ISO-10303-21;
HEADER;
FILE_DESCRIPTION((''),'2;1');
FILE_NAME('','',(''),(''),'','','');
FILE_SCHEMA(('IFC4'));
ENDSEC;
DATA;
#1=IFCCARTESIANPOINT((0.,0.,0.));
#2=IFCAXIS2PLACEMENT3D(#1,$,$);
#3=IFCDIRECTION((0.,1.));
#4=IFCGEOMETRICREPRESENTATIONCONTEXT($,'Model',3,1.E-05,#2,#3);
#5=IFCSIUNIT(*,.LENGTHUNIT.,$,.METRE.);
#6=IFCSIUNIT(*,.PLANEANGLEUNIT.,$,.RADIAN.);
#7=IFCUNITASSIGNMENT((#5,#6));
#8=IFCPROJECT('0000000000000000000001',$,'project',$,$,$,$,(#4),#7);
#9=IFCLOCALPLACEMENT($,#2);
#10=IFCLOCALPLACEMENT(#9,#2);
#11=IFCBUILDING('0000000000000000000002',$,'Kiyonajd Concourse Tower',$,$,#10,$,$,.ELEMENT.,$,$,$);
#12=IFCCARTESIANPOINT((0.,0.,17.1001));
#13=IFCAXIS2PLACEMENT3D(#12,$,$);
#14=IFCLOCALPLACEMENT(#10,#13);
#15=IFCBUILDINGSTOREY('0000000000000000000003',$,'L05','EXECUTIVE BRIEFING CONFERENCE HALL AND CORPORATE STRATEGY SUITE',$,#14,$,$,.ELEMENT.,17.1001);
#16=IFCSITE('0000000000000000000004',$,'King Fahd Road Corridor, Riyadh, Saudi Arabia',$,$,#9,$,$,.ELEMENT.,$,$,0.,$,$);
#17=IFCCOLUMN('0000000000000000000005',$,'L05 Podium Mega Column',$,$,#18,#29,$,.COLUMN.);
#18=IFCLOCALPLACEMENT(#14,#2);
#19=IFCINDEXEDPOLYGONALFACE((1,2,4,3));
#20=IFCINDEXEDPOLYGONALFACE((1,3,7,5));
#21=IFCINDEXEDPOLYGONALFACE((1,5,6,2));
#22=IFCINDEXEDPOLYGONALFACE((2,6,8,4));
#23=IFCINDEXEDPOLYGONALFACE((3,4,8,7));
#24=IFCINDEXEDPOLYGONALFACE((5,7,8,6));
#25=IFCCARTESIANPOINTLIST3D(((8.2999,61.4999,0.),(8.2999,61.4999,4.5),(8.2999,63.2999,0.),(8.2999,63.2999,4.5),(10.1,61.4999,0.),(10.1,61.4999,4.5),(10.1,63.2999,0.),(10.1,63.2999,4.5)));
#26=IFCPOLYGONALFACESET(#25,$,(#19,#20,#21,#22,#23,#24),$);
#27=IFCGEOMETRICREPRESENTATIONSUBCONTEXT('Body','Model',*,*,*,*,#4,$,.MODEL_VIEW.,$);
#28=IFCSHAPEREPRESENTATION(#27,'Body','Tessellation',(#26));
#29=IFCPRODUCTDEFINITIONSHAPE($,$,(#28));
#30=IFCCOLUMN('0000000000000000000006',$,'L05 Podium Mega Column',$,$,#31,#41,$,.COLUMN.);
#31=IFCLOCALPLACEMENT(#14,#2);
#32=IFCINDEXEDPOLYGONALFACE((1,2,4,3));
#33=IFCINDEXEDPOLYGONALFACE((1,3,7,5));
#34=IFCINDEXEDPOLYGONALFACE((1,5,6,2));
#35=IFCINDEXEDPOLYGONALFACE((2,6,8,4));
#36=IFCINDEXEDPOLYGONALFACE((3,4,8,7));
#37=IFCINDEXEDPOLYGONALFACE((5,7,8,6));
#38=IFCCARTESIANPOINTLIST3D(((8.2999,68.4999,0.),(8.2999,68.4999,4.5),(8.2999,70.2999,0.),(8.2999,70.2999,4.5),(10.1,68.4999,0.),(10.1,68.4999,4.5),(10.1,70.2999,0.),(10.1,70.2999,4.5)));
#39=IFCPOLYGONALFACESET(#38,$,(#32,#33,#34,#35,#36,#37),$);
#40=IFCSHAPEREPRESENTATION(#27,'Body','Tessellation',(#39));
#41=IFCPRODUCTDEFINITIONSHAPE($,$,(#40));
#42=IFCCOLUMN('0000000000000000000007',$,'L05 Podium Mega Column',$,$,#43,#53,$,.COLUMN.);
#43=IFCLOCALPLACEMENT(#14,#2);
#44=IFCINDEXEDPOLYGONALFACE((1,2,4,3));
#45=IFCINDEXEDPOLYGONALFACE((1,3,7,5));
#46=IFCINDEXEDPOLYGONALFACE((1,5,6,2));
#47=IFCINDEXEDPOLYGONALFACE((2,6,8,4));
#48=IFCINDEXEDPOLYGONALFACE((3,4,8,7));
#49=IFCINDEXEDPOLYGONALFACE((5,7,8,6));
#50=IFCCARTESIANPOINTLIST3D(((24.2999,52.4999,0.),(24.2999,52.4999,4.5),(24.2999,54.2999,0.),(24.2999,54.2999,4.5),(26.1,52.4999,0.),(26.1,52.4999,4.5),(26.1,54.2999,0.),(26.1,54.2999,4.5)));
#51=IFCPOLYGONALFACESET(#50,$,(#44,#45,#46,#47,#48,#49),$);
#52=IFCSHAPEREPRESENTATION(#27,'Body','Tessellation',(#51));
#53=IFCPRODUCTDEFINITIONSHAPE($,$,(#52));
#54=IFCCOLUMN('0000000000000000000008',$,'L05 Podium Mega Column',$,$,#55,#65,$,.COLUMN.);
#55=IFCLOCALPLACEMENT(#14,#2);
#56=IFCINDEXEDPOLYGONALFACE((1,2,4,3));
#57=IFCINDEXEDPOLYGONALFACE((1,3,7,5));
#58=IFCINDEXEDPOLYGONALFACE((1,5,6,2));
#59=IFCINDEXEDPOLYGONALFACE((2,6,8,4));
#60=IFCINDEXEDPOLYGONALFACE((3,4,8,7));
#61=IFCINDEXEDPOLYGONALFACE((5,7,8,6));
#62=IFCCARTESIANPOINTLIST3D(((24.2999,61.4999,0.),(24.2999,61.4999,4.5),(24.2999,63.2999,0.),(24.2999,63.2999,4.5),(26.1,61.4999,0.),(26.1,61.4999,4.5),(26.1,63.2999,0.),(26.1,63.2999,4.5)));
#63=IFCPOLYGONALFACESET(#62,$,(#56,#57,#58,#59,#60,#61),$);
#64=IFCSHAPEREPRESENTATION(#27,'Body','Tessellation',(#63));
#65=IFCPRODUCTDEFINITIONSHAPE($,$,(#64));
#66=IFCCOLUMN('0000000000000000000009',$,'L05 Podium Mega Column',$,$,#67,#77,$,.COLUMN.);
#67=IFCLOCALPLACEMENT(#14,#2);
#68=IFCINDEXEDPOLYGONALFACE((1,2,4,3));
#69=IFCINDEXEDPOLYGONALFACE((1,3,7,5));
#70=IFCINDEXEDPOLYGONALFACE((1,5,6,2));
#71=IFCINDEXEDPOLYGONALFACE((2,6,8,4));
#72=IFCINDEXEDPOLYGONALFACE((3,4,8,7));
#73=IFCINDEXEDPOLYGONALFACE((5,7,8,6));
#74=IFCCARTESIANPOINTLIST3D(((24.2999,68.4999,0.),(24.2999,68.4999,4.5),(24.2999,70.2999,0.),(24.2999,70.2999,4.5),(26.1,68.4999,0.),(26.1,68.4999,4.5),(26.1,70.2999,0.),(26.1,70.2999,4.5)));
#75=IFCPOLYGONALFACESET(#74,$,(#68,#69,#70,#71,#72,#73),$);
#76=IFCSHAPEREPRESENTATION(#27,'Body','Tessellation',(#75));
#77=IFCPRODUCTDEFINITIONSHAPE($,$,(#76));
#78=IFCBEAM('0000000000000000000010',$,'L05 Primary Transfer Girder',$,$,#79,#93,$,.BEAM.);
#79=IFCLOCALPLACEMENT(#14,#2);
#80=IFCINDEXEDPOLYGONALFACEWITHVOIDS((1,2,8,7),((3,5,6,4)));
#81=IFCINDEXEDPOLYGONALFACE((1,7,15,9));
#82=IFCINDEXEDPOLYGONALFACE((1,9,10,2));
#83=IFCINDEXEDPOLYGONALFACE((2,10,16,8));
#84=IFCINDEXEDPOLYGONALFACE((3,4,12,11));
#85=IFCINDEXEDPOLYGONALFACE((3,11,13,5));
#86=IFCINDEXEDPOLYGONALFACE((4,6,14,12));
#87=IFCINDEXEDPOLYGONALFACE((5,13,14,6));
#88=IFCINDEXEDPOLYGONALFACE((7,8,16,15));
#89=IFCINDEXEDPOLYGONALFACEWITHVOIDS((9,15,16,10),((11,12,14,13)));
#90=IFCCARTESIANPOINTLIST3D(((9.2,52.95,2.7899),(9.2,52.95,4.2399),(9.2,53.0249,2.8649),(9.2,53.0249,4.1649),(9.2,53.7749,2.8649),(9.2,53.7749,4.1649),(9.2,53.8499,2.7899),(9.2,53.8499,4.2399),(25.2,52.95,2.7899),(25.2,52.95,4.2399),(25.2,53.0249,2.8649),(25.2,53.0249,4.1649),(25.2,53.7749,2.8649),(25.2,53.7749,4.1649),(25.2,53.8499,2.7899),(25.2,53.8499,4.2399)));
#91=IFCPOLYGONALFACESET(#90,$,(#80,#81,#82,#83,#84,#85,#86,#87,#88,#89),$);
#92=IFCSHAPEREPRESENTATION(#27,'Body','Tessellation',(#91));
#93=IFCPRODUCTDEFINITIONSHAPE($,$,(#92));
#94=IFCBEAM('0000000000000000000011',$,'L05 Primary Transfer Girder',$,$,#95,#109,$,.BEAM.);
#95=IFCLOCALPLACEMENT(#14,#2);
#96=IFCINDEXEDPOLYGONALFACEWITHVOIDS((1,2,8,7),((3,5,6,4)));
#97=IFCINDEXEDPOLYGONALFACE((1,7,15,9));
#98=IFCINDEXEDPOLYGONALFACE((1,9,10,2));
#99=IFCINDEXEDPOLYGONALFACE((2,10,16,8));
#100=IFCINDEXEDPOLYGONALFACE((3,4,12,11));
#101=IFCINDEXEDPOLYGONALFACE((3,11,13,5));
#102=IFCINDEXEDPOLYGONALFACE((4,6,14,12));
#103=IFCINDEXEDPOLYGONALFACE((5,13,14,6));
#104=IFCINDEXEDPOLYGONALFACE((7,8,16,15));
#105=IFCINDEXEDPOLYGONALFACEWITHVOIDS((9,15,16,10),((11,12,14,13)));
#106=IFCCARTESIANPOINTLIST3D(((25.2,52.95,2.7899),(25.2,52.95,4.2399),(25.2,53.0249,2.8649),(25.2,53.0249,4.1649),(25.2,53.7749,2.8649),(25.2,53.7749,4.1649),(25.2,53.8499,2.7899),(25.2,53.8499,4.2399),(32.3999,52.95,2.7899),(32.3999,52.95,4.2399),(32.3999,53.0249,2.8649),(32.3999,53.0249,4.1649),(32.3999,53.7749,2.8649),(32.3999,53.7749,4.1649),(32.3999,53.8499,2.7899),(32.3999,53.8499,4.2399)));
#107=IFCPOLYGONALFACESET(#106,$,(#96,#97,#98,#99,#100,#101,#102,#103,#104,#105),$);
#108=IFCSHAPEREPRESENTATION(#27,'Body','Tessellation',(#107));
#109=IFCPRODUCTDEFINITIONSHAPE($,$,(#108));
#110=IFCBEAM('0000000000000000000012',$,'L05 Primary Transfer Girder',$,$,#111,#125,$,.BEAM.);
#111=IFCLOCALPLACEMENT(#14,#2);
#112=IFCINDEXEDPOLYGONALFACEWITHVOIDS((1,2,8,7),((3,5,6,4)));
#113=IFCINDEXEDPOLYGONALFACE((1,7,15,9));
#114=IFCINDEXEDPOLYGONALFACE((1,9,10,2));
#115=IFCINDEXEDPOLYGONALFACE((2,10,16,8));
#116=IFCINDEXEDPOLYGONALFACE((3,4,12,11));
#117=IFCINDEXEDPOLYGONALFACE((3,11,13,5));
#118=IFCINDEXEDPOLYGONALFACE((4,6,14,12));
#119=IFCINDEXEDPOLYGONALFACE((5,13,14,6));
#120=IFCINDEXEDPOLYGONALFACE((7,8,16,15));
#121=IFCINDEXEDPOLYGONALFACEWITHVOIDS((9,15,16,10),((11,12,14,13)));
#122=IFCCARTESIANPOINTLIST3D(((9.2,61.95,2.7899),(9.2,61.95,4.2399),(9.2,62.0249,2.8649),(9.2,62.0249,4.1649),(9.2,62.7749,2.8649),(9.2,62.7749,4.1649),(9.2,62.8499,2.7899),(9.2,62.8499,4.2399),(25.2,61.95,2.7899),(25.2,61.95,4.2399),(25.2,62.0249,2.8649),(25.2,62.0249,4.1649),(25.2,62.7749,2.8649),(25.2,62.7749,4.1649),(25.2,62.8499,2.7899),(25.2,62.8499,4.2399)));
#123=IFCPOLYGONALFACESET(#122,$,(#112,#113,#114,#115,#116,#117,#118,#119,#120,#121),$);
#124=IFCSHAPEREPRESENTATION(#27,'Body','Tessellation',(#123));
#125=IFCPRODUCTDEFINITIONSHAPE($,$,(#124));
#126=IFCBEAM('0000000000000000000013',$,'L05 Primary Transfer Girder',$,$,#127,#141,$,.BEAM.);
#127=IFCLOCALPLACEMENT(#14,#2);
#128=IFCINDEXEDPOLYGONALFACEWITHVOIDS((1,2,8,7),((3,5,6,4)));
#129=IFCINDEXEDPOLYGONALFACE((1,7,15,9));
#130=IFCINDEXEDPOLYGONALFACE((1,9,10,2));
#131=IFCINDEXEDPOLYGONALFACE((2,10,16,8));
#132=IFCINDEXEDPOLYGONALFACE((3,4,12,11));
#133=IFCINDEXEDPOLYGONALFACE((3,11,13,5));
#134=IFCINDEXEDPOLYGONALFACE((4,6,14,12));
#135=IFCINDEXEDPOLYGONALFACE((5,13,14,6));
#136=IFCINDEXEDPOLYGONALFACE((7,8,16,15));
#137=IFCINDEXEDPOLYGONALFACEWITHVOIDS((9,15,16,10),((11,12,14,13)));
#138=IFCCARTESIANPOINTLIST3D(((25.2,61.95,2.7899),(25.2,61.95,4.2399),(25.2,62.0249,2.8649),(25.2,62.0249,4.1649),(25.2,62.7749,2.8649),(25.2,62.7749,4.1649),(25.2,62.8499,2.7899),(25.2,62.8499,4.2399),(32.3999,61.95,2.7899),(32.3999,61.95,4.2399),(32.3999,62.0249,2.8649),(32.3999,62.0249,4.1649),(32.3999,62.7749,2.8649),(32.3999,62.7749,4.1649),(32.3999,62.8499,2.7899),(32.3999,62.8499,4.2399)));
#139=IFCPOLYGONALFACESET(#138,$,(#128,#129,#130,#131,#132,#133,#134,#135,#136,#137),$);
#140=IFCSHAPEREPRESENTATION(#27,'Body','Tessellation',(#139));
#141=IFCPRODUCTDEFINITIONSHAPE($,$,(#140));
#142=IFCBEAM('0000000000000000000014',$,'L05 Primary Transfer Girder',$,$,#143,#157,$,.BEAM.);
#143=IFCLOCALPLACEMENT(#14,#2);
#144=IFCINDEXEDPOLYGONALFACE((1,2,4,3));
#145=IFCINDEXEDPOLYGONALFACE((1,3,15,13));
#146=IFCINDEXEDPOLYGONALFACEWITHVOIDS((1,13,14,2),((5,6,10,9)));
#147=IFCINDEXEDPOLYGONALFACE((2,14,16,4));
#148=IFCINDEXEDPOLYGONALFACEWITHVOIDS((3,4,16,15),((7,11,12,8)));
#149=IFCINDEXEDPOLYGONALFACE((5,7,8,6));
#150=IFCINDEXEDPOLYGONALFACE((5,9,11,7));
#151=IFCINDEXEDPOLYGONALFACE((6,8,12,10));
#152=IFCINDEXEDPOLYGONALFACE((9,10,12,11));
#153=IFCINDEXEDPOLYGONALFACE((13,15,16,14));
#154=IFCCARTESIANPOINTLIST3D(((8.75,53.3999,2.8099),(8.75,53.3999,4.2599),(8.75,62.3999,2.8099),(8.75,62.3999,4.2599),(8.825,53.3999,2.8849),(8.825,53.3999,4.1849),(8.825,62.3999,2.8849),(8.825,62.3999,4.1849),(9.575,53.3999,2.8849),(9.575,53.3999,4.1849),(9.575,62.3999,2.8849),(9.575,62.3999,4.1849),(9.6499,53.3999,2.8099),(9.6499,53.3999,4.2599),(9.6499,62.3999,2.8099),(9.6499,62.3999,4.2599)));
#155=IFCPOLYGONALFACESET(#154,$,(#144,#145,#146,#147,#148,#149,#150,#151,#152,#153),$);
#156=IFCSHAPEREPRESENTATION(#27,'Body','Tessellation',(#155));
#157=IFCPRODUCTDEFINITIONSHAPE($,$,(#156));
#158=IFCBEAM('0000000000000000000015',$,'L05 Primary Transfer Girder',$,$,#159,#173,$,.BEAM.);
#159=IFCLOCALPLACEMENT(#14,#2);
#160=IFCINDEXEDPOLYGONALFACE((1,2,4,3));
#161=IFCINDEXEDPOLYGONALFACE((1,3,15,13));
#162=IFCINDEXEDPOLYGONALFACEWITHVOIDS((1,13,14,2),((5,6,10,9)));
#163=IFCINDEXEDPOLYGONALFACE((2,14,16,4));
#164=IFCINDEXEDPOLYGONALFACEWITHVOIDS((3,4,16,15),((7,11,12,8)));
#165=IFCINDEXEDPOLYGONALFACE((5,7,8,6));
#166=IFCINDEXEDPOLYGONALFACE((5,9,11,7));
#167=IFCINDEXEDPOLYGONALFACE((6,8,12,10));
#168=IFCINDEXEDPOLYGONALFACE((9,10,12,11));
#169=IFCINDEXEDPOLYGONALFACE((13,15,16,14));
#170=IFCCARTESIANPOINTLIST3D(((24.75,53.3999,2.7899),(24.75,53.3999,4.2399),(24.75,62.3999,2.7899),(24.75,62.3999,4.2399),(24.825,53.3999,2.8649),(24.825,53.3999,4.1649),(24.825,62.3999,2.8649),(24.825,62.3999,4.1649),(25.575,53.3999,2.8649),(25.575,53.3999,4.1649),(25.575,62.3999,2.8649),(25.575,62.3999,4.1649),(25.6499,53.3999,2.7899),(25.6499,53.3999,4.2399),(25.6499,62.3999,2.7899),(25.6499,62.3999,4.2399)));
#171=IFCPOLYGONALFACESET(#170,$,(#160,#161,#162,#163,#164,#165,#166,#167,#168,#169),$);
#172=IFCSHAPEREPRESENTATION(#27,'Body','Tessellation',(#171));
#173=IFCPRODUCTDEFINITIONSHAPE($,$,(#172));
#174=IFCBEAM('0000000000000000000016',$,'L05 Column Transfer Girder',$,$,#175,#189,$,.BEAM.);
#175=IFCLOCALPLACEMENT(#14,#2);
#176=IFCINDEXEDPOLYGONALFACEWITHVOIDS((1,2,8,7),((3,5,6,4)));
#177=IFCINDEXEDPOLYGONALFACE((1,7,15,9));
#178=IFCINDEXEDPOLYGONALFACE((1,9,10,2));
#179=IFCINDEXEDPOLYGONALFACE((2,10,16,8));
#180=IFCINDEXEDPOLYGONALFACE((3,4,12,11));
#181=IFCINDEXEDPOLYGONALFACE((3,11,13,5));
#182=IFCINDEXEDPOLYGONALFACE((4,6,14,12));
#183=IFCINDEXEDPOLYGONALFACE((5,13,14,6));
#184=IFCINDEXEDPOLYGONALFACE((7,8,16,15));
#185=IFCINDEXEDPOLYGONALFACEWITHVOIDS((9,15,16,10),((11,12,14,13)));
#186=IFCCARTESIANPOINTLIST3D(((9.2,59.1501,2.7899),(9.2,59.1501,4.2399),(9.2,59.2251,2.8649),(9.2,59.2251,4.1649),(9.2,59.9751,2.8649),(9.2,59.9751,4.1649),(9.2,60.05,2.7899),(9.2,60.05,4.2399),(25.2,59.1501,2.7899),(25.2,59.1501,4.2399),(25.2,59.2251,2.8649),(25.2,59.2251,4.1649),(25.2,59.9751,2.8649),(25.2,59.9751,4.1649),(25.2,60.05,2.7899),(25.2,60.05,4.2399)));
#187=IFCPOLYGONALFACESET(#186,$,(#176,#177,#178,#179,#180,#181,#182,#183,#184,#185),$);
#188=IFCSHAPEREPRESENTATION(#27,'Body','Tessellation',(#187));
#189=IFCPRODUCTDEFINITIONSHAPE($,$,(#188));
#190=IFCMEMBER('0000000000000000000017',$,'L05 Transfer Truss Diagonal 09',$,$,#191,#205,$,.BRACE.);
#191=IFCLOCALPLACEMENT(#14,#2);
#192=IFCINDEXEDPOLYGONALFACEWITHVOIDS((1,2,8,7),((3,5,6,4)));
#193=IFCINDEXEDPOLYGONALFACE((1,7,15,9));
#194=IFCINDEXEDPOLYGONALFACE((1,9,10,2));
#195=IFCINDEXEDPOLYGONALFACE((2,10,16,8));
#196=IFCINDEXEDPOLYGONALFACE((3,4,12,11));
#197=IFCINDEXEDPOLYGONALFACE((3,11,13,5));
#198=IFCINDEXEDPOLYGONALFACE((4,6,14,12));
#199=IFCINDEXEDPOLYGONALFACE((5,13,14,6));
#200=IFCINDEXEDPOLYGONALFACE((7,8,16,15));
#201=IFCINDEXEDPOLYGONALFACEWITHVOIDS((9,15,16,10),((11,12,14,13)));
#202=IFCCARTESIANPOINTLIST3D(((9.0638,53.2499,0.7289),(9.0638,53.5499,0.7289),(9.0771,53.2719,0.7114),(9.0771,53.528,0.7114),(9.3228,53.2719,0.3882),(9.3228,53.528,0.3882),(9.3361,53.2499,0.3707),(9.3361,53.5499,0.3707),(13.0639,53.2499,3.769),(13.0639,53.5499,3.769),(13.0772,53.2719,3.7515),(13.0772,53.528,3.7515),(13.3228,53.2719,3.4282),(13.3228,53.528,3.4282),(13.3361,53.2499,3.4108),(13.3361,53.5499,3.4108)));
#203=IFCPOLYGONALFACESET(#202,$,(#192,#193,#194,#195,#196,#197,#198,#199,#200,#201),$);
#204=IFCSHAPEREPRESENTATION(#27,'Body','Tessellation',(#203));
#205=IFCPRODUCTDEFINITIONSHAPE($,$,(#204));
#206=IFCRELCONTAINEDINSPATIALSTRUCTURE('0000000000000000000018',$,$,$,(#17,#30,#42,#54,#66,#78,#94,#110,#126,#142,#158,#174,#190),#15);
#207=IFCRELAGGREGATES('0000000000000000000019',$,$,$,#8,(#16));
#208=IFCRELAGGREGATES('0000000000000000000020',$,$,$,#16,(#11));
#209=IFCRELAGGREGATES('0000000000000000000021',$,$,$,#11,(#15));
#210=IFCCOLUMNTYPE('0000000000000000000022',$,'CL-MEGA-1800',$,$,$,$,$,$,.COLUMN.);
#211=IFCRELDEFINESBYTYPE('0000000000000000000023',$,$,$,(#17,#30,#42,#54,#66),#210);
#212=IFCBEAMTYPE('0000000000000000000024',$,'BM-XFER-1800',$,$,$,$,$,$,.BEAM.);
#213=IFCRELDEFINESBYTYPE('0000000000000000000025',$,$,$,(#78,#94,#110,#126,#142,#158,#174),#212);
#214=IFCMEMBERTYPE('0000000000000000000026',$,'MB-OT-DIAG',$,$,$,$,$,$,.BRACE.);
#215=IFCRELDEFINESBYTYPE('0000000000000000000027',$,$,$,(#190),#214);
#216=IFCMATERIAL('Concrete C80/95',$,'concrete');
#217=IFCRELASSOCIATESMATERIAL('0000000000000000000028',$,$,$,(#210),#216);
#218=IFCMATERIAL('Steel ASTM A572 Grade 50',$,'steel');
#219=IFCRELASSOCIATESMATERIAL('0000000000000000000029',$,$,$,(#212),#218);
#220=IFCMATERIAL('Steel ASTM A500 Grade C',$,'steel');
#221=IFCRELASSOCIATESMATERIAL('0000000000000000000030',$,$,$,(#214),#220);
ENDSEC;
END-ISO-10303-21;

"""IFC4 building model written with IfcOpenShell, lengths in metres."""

from ifc_helpers import new_model, si_unit, direction, frame, origin, origin_2d, place, context, subcontext, project, spatial, rectangle, hollow_rectangle, extrude, material, material_profile, profile_set, type_object, element, save


model = new_model("IFC4")

# Units and contexts
model_context = context("Model", 3, precision=1e-05, world=origin(), true_north=direction((0.0, 1.0)))
body_context = subcontext(model_context, "Body", "Model", "MODEL_VIEW")
ifc_project = project(units=[si_unit("LENGTHUNIT", "METRE"), si_unit("PLANEANGLEUNIT", "RADIAN")], contexts=[model_context])

# Site, building, storey
site_placement = place(None, origin())
site = spatial("IfcSite", under=ifc_project, at=site_placement, Name="King Fahd Road Corridor, Riyadh, Saudi Arabia", CompositionType="ELEMENT", RefElevation=0.0)
building_placement = place(site_placement, origin())
building = spatial("IfcBuilding", under=site, at=building_placement, Name="Kiyonajd Concourse Tower", CompositionType="ELEMENT")
storey_placement = place(building_placement, frame((0.0, 0.0, 17.1001)))
storey = spatial("IfcBuildingStorey", under=building, at=storey_placement, Name="L05", Description="EXECUTIVE BRIEFING CONFERENCE HALL AND CORPORATE STRATEGY SUITE", CompositionType="ELEMENT", Elevation=17.1001)

# Columns
ifc_material_1 = material(Name="Concrete C80/95", Category="concrete")
ifc_material_profile_1 = material_profile(ifc_material_1, rectangle(XDim=1.8, YDim=1.8, at=origin_2d()), Name="RC-1800x1800")
ifc_profile_set_1 = profile_set([ifc_material_profile_1], Name="Concrete C80/95")
column_type = type_object("IfcColumnType", Name="CL-MEGA-1800", PredefinedType="COLUMN", material=ifc_profile_set_1)
for number, where, z_axis, x_axis, name in (
    (1, (9.2, 62.3999, 0.0), (0.0, 0.0, 1.0), (1.0, 0.0, 0.0), "L05 Podium Mega Column"),
    (2, (9.2, 69.3999, 0.0), (0.0, 0.0, 1.0), (1.0, 0.0, 0.0), "L05 Podium Mega Column"),
    (3, (25.2, 53.3999, 0.0), (0.0, 0.0, 1.0), (1.0, 0.0, 0.0), "L05 Podium Mega Column"),
    (4, (25.2, 62.3999, 0.0), (0.0, 0.0, 1.0), (1.0, 0.0, 0.0), "L05 Podium Mega Column"),
    (5, (25.2, 69.3999, 0.0), (0.0, 0.0, 1.0), (1.0, 0.0, 0.0), "L05 Podium Mega Column"),
):
    element("IfcColumn", number, at=place(storey_placement, frame(where, z_axis=z_axis, x_axis=x_axis)), inside=storey, type_object=column_type, Name=name, PredefinedType="COLUMN", context=body_context, shape_type="SweptSolid", body=[
        extrude(rectangle(XDim=1.8, YDim=1.8, at=origin_2d()), origin(), (0.0, 0.0, 1.0), 4.5),
    ])

# Beams
ifc_material_2 = material(Name="Steel ASTM A572 Grade 50", Category="steel")
ifc_material_profile_2 = material_profile(ifc_material_2, hollow_rectangle(XDim=0.8999, YDim=1.45, WallThickness=0.075, at=origin_2d()), Name="BOX-1450x900x75")
ifc_profile_set_2 = profile_set([ifc_material_profile_2], Name="Steel ASTM A572 Grade 50")
beam_type = type_object("IfcBeamType", Name="BM-XFER-1800", PredefinedType="BEAM", material=ifc_profile_set_2)
beam_1_placement = place(storey_placement, frame((9.2, 53.3999, 3.5149), z_axis=(1.0, 0.0, 0.0), x_axis=(0.0, 1.0, 0.0)))
element("IfcBeam", 6, at=beam_1_placement, inside=storey, type_object=beam_type, Name="L05 Primary Transfer Girder", PredefinedType="BEAM", context=body_context, shape_type="SweptSolid", body=[
    extrude(hollow_rectangle(XDim=0.8999, YDim=1.45, WallThickness=0.075, at=origin_2d()), origin(), (0.0, 0.0, 1.0), 16.0),
])
beam_2_placement = place(storey_placement, frame((25.2, 53.3999, 3.5149), z_axis=(1.0, 0.0, 0.0), x_axis=(0.0, 1.0, 0.0)))
element("IfcBeam", 7, at=beam_2_placement, inside=storey, type_object=beam_type, Name="L05 Primary Transfer Girder", PredefinedType="BEAM", context=body_context, shape_type="SweptSolid", body=[
    extrude(hollow_rectangle(XDim=0.8999, YDim=1.45, WallThickness=0.075, at=origin_2d()), origin(), (0.0, 0.0, 1.0), 7.2),
])
beam_3_placement = place(storey_placement, frame((9.2, 62.3999, 3.5149), z_axis=(1.0, 0.0, 0.0), x_axis=(0.0, 1.0, 0.0)))
element("IfcBeam", 8, at=beam_3_placement, inside=storey, type_object=beam_type, Name="L05 Primary Transfer Girder", PredefinedType="BEAM", context=body_context, shape_type="SweptSolid", body=[
    extrude(hollow_rectangle(XDim=0.8999, YDim=1.45, WallThickness=0.075, at=origin_2d()), origin(), (0.0, 0.0, 1.0), 16.0),
])
beam_4_placement = place(storey_placement, frame((25.2, 62.3999, 3.5149), z_axis=(1.0, 0.0, 0.0), x_axis=(0.0, 1.0, 0.0)))
element("IfcBeam", 9, at=beam_4_placement, inside=storey, type_object=beam_type, Name="L05 Primary Transfer Girder", PredefinedType="BEAM", context=body_context, shape_type="SweptSolid", body=[
    extrude(hollow_rectangle(XDim=0.8999, YDim=1.45, WallThickness=0.075, at=origin_2d()), origin(), (0.0, 0.0, 1.0), 7.2),
])
for number, where, z_axis, x_axis, name in (
    (10, (9.2, 53.3999, 3.5349), (0.0, 1.0, 0.0), (-1.0, 0.0, 0.0), "L05 Primary Transfer Girder"),
    (11, (25.2, 53.3999, 3.5149), (0.0, 1.0, 0.0), (-1.0, 0.0, 0.0), "L05 Primary Transfer Girder"),
):
    element("IfcBeam", number, at=place(storey_placement, frame(where, z_axis=z_axis, x_axis=x_axis)), inside=storey, type_object=beam_type, Name=name, PredefinedType="BEAM", context=body_context, shape_type="SweptSolid", body=[
        extrude(hollow_rectangle(XDim=0.8999, YDim=1.45, WallThickness=0.075, at=origin_2d()), origin(), (0.0, 0.0, 1.0), 9.0),
    ])
beam_5_placement = place(storey_placement, frame((9.2, 59.6001, 3.5149), z_axis=(1.0, 0.0, 0.0), x_axis=(0.0, 1.0, 0.0)))
element("IfcBeam", 12, at=beam_5_placement, inside=storey, type_object=beam_type, Name="L05 Column Transfer Girder", PredefinedType="BEAM", context=body_context, shape_type="SweptSolid", body=[
    extrude(hollow_rectangle(XDim=0.8999, YDim=1.45, WallThickness=0.075, at=origin_2d()), origin(), (0.0, 0.0, 1.0), 16.0),
])

# Member
ifc_material_3 = material(Name="Steel ASTM A500 Grade C", Category="steel")
ifc_material_profile_3 = material_profile(ifc_material_3, hollow_rectangle(XDim=0.3, YDim=0.45, WallThickness=0.022, at=origin_2d()), Name="HSS-450x300x22")
ifc_profile_set_3 = profile_set([ifc_material_profile_3], Name="Steel ASTM A500 Grade C")
member_type_1 = type_object("IfcMemberType", Name="MB-OT-DIAG", PredefinedType="BRACE", material=ifc_profile_set_3)
for number, where, z_axis, x_axis, name in (
    (13, (9.2, 53.3999, 0.5498), (0.796158, 0.0, 0.605088), (0.0, 1.0, 0.0), "L05 Transfer Truss Diagonal 09"),
):
    element("IfcMember", number, at=place(storey_placement, frame(where, z_axis=z_axis, x_axis=x_axis)), inside=storey, type_object=member_type_1, Name=name, PredefinedType="BRACE", context=body_context, shape_type="SweptSolid", body=[
        extrude(hollow_rectangle(XDim=0.3, YDim=0.45, WallThickness=0.022, at=origin_2d()), origin(), (0.0, 0.0, 1.0), 5.0242),
    ])

save(model, "model.ifc")
